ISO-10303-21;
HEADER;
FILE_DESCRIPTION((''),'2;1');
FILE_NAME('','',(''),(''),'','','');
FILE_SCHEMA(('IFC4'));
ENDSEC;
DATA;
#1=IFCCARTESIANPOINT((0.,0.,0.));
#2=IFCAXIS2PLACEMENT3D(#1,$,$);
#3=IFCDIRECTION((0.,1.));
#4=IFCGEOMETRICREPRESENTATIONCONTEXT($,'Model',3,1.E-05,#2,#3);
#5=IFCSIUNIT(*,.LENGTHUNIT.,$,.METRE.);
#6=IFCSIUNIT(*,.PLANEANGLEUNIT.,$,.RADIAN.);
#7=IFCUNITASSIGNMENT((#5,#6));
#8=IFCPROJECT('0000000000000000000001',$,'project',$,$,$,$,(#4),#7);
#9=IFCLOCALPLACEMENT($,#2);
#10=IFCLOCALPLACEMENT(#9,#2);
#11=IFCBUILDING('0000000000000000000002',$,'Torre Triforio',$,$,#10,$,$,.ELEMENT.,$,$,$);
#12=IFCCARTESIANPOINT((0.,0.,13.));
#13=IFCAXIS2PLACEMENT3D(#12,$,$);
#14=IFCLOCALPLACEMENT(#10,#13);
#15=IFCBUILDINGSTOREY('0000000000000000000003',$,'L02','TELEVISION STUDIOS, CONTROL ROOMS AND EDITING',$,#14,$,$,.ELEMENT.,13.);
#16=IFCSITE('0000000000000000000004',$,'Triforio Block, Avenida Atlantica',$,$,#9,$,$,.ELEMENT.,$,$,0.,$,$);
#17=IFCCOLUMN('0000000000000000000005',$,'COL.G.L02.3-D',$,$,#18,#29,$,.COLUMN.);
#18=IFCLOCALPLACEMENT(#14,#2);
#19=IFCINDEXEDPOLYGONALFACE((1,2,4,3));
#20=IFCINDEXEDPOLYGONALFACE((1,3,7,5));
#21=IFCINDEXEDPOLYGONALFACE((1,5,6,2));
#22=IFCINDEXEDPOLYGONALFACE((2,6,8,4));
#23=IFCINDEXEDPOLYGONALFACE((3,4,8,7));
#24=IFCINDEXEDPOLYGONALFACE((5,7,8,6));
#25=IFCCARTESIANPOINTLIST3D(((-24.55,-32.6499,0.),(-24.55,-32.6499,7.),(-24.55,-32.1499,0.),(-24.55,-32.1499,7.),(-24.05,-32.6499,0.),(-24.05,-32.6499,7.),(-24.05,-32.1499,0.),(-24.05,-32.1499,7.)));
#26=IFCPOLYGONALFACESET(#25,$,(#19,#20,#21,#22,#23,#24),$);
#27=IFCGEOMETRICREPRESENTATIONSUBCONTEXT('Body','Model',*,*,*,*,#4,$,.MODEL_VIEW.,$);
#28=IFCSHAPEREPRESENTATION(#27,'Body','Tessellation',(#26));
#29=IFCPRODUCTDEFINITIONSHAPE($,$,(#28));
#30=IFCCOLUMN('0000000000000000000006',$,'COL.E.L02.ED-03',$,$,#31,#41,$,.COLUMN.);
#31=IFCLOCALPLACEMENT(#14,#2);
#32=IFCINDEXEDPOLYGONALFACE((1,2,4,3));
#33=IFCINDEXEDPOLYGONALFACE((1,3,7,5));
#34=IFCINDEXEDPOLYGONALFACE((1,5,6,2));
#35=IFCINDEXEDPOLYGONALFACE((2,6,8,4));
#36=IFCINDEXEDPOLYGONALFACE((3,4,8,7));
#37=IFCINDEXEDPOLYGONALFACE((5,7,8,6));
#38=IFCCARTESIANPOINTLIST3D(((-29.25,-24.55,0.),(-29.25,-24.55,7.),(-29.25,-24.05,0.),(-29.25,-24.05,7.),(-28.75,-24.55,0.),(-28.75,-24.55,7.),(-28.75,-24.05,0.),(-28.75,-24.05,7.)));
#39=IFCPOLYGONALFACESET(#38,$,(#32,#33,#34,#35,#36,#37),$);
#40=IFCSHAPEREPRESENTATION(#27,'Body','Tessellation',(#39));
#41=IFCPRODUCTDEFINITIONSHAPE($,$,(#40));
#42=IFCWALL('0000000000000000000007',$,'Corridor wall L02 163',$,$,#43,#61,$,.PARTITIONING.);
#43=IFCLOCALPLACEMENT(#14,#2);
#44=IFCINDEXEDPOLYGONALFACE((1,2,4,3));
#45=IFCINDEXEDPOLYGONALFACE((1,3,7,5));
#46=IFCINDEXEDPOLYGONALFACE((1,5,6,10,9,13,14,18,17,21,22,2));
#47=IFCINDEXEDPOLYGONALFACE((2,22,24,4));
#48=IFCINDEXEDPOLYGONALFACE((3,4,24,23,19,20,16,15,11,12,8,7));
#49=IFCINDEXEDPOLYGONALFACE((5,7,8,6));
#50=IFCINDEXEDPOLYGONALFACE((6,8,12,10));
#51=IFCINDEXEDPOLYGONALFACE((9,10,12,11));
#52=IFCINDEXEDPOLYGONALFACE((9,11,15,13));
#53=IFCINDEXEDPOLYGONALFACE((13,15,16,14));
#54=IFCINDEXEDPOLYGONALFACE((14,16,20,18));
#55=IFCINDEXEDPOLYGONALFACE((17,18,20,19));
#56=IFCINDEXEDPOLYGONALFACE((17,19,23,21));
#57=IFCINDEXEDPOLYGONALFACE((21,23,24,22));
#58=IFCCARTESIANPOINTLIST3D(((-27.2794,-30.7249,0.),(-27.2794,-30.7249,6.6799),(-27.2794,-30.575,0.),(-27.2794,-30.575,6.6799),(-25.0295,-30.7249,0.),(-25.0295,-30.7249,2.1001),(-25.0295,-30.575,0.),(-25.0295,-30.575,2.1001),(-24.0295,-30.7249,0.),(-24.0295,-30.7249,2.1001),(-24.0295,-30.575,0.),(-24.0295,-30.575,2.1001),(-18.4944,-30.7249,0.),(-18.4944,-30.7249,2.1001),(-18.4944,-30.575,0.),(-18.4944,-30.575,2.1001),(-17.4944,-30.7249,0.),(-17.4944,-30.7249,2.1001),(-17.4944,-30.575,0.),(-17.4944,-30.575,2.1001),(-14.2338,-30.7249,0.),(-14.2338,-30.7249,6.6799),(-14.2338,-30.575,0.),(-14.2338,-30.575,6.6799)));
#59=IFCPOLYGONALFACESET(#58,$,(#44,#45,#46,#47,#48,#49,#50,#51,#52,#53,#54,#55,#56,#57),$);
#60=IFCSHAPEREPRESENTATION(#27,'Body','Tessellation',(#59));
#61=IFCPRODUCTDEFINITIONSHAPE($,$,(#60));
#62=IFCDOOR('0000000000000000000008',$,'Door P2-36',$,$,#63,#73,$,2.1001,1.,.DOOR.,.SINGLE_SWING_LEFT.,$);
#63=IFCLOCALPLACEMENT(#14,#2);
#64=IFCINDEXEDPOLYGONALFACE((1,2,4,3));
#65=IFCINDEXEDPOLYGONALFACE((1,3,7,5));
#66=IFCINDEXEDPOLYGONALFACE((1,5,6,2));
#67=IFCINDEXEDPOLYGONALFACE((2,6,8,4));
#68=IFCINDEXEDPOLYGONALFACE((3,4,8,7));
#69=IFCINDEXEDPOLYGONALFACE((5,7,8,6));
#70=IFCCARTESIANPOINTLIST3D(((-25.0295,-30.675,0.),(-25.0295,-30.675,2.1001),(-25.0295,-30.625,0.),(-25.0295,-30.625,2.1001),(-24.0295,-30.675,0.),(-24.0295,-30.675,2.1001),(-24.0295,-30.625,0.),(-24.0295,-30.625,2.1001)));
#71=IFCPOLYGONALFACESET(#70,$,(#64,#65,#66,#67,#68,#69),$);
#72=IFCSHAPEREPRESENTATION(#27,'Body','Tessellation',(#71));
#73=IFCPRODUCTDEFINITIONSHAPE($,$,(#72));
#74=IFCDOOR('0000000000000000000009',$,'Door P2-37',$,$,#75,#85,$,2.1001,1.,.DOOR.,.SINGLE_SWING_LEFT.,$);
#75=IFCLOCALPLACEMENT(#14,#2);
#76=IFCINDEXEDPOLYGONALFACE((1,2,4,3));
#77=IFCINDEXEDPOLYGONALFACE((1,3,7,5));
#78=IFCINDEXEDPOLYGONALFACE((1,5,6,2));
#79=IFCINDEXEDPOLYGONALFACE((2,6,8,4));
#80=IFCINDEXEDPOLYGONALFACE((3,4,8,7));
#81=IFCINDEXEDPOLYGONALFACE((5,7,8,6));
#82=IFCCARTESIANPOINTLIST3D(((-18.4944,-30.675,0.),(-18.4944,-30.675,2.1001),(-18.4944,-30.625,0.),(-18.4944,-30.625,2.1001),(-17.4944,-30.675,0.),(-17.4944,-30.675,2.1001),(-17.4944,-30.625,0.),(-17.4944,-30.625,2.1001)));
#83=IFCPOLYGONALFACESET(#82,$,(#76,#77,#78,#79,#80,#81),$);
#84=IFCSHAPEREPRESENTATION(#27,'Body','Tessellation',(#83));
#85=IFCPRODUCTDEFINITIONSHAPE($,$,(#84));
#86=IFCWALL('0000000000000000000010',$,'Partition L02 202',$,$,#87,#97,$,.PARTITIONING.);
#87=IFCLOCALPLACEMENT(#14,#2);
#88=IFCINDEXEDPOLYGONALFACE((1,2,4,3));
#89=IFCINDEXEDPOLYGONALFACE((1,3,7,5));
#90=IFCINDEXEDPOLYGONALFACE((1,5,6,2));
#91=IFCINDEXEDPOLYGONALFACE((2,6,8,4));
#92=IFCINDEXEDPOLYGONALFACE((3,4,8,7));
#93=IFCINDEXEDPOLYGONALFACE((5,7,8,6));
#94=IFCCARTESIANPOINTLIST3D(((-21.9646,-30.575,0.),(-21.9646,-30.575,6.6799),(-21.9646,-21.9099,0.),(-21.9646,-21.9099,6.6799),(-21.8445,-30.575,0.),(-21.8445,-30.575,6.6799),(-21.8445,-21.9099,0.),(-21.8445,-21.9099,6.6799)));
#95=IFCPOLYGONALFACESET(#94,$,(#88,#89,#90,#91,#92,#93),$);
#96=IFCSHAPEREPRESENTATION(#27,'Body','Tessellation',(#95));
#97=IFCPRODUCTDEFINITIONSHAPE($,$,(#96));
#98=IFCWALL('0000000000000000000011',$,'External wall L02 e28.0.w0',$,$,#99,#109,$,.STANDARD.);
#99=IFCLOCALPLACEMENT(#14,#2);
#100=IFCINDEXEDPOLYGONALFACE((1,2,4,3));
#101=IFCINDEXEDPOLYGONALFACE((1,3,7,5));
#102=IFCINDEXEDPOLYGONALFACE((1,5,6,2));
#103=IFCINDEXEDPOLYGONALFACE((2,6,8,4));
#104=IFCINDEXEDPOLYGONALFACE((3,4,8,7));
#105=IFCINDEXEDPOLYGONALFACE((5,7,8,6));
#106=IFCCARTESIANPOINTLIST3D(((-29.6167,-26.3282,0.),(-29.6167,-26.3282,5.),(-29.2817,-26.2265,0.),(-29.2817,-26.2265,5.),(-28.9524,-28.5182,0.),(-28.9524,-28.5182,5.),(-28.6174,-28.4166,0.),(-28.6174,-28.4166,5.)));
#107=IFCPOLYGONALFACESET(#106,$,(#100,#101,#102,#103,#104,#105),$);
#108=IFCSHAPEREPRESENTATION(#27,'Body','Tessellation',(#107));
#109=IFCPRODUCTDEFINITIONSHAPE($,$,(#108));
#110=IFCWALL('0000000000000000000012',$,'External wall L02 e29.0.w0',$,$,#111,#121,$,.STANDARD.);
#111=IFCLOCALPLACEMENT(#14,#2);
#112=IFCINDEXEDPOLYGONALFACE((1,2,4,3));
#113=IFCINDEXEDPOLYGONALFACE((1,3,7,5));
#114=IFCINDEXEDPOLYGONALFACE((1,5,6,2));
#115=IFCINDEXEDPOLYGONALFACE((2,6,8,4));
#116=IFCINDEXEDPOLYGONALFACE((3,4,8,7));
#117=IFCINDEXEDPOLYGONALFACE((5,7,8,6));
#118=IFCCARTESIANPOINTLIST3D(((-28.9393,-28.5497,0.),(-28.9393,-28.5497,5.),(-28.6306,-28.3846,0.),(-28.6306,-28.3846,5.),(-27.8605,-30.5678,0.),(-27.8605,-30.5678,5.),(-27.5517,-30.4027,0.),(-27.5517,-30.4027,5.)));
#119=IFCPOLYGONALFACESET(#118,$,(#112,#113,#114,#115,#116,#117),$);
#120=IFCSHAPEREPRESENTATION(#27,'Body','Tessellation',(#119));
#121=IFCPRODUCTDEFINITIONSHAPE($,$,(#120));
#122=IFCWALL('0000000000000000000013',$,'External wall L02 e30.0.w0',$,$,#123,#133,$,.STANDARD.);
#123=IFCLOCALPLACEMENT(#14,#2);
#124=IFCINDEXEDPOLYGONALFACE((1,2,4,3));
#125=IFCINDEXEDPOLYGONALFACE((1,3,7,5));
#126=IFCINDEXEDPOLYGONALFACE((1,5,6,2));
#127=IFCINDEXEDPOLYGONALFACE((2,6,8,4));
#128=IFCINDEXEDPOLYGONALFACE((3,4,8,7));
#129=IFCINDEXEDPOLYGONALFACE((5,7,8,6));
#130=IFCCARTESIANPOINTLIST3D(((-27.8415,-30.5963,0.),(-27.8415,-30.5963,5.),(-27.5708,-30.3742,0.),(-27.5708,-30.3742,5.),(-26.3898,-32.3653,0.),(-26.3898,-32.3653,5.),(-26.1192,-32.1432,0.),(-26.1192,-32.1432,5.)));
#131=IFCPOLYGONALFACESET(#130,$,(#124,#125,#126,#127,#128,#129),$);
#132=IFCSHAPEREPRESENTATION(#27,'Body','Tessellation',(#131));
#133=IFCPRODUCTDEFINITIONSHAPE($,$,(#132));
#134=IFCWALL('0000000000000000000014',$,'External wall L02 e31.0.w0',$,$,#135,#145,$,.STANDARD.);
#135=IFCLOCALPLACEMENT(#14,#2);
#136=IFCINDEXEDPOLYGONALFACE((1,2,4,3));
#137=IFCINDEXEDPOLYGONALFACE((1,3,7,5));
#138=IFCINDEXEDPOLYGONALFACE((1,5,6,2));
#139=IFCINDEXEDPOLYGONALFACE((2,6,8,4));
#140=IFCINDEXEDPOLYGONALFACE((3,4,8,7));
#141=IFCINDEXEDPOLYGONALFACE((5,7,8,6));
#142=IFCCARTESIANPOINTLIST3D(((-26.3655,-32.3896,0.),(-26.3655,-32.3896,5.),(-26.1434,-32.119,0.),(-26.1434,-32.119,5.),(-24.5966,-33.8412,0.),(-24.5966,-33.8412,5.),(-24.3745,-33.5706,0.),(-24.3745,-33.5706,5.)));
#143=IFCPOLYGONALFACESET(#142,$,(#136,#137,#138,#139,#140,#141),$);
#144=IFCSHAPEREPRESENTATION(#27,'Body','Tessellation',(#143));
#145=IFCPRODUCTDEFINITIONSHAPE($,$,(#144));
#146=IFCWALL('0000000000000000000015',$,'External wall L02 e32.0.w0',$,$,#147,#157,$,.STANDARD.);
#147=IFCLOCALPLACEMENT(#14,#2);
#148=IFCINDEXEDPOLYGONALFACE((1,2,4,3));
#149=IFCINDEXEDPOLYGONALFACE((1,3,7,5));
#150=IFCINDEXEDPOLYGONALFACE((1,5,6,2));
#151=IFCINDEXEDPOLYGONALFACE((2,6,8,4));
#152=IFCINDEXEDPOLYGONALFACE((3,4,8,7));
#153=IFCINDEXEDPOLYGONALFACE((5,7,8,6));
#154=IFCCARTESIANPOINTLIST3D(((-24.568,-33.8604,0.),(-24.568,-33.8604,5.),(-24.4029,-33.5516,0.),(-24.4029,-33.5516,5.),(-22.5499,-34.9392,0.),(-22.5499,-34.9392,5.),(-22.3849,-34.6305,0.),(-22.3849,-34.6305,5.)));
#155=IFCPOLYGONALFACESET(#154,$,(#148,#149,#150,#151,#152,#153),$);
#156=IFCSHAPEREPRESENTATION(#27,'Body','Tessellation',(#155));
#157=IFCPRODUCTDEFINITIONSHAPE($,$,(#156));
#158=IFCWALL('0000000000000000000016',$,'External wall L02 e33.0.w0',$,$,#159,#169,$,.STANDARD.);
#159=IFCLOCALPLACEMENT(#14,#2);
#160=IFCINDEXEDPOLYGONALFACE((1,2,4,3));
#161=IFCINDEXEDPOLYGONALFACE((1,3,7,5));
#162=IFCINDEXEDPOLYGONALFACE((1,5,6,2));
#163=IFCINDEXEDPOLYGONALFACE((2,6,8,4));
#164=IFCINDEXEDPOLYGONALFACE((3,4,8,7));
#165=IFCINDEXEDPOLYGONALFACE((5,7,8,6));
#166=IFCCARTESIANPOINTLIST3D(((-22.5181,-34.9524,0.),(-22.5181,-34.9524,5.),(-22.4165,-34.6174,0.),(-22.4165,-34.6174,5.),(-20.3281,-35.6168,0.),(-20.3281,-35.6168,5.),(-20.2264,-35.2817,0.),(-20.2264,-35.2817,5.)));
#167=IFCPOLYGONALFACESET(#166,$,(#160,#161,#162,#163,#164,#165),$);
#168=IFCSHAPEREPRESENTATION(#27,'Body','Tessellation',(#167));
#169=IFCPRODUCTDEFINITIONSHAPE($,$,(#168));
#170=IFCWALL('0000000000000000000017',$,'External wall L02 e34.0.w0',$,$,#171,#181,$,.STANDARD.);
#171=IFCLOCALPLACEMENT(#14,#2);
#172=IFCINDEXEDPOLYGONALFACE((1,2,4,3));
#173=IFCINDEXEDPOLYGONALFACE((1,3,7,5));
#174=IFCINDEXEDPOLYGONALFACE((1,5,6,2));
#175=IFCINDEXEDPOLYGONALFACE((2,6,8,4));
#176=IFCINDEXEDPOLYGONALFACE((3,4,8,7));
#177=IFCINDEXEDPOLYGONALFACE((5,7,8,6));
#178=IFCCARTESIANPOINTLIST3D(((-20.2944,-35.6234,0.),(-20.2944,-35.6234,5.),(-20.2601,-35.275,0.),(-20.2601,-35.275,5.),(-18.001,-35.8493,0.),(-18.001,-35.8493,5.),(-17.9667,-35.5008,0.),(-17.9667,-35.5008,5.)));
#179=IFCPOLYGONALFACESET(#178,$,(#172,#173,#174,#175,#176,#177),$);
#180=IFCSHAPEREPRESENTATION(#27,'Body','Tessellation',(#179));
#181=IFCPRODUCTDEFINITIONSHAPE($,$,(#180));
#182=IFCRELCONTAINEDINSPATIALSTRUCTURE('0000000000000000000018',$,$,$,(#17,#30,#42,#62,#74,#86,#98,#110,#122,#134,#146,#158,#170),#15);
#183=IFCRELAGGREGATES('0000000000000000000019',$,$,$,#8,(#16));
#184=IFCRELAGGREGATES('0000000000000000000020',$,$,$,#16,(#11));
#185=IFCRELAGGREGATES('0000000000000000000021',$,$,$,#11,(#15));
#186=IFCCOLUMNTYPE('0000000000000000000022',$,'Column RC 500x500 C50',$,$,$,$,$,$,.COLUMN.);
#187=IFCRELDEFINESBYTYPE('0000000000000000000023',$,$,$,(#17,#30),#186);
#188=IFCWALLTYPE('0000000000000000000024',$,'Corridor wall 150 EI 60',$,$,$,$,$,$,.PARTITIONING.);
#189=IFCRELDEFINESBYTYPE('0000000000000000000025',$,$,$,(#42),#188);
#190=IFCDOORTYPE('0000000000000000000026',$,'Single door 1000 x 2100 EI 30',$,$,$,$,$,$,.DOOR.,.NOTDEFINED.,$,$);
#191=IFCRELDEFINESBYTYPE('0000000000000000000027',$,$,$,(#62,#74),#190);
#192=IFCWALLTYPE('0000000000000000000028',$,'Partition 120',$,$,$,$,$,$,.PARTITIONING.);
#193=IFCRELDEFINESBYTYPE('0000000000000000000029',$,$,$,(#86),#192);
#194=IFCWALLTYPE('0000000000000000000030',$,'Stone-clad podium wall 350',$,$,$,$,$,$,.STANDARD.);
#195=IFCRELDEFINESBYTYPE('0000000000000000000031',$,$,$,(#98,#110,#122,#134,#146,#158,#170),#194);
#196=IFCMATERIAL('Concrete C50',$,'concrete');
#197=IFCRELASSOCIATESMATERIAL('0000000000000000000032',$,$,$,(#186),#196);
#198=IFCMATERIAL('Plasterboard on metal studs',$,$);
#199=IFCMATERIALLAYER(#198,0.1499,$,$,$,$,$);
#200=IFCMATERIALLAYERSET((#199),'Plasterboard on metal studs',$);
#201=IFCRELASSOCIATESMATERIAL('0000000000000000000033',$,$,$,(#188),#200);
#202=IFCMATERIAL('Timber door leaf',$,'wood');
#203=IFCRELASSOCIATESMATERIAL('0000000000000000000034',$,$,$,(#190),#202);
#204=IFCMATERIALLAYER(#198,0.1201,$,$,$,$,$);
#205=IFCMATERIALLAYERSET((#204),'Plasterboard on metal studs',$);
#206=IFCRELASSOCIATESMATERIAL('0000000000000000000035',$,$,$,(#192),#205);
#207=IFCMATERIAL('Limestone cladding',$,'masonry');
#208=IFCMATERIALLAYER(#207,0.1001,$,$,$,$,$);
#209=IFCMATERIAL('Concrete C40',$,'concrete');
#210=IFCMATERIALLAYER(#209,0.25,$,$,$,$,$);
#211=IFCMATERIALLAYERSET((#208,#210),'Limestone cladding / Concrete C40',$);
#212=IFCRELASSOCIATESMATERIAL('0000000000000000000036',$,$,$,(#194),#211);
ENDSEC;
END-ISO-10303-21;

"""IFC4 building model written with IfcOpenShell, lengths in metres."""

from ifc_helpers import new_model, si_unit, direction, frame, frame_2d, origin, origin_2d, place, context, subcontext, project, spatial, rectangle, extrude, material, layer, layer_set, material_profile, profile_set, type_object, element, fill, save


model = new_model("IFC4")

# Units and contexts
model_context = context("Model", 3, precision=1e-05, world=origin(), true_north=direction((0.0, 1.0)))
body_context = subcontext(model_context, "Body", "Model", "MODEL_VIEW")
ifc_project = project(units=[si_unit("LENGTHUNIT", "METRE"), si_unit("PLANEANGLEUNIT", "RADIAN")], contexts=[model_context])

# Site, building, storey
site_placement = place(None, origin())
site = spatial("IfcSite", under=ifc_project, at=site_placement, Name="Triforio Block, Avenida Atlantica", CompositionType="ELEMENT", RefElevation=0.0)
building_placement = place(site_placement, origin())
building = spatial("IfcBuilding", under=site, at=building_placement, Name="Torre Triforio", CompositionType="ELEMENT")
storey_placement = place(building_placement, frame((0.0, 0.0, 13.0)))
storey = spatial("IfcBuildingStorey", under=building, at=storey_placement, Name="L02", Description="TELEVISION STUDIOS, CONTROL ROOMS AND EDITING", CompositionType="ELEMENT", Elevation=13.0)

# Columns
ifc_material_1 = material(Name="Concrete C50", Category="concrete")
ifc_material_profile = material_profile(ifc_material_1, rectangle(XDim=0.5, YDim=0.5, at=origin_2d()), Name="RC 500x500")
ifc_profile_set = profile_set([ifc_material_profile], Name="Concrete C50")
column_type = type_object("IfcColumnType", Name="Column RC 500x500 C50", PredefinedType="COLUMN", material=ifc_profile_set)
for number, where, z_axis, x_axis, name in (
    (1, (-24.3, -32.3999, 0.0), (0.0, 0.0, 1.0), (1.0, 0.0, 0.0), "COL.G.L02.3-D"),
    (2, (-29.0, -24.3, 0.0), (0.0, 0.0, 1.0), (1.0, 0.0, 0.0), "COL.E.L02.ED-03"),
):
    element("IfcColumn", number, at=place(storey_placement, frame(where, z_axis=z_axis, x_axis=x_axis)), inside=storey, type_object=column_type, Name=name, PredefinedType="COLUMN", context=body_context, shape_type="SweptSolid", body=[
        extrude(rectangle(XDim=0.5, YDim=0.5, at=origin_2d()), origin(), (0.0, 0.0, 1.0), 7.0),
    ])

# Wall, openings, doors
ifc_material_2 = material(Name="Plasterboard on metal studs")
ifc_layer_1 = layer(ifc_material_2, 0.1499)
ifc_layer_set_1 = layer_set([ifc_layer_1], Name="Plasterboard on metal studs")
wall_type_1 = type_object("IfcWallType", Name="Corridor wall 150 EI 60", PredefinedType="PARTITIONING", material=ifc_layer_set_1)
wall_1_placement = place(storey_placement, frame((-27.2795, -30.6499, 0.0), z_axis=(0.0, 0.0, 1.0), x_axis=(1.0, 0.0, 0.0)))
wall_1 = element("IfcWall", 3, at=wall_1_placement, inside=storey, type_object=wall_type_1, Name="Corridor wall L02 163", PredefinedType="PARTITIONING", context=body_context, shape_type="SweptSolid", body=[
    extrude(rectangle(XDim=13.0457, YDim=0.1499, at=frame_2d((6.5229, 0.0))), origin(), (0.0, 0.0, 1.0), 6.6799),
])
opening_1_placement = place(wall_1_placement, frame((2.25, 0.0, 0.0)))
opening_1 = element("IfcOpeningElement", 4, at=opening_1_placement, cuts=wall_1, PredefinedType="OPENING", context=body_context, shape_type="SweptSolid", body=[
    extrude(rectangle(XDim=1.0, YDim=2.1001, at=frame_2d((0.5, 1.05))), frame((0.0, 0.085, 0.0), z_axis=(0.0, -1.0, 0.0), x_axis=(1.0, 0.0, 0.0)), (0.0, 0.0, 1.0), 0.1699),
])
opening_2_placement = place(wall_1_placement, frame((8.7852, 0.0, 0.0)))
opening_2 = element("IfcOpeningElement", 5, at=opening_2_placement, cuts=wall_1, PredefinedType="OPENING", context=body_context, shape_type="SweptSolid", body=[
    extrude(rectangle(XDim=1.0, YDim=2.1001, at=frame_2d((0.5, 1.05))), frame((0.0, 0.085, 0.0), z_axis=(0.0, -1.0, 0.0), x_axis=(1.0, 0.0, 0.0)), (0.0, 0.0, 1.0), 0.1699),
])
ifc_material_3 = material(Name="Timber door leaf", Category="wood")
door_type = type_object("IfcDoorType", Name="Single door 1000 x 2100 EI 30", OperationType="NOTDEFINED", PredefinedType="DOOR", material=ifc_material_3)
door_1_placement = place(opening_1_placement, origin())
door_1 = element("IfcDoor", 6, at=door_1_placement, inside=storey, type_object=door_type, Name="Door P2-36", OperationType="SINGLE_SWING_LEFT", OverallHeight=2.1001, OverallWidth=1.0, PredefinedType="DOOR", context=body_context, shape_type="SweptSolid", body=[
    extrude(rectangle(XDim=1.0, YDim=2.1001, at=frame_2d((0.5, 1.05))), frame((0.0, 0.0249, 0.0), z_axis=(0.0, -1.0, 0.0), x_axis=(1.0, 0.0, 0.0)), (0.0, 0.0, 1.0), 0.05),
])
fill(opening_1, door_1)
door_2_placement = place(opening_2_placement, origin())
door_2 = element("IfcDoor", 7, at=door_2_placement, inside=storey, type_object=door_type, Name="Door P2-37", OperationType="SINGLE_SWING_LEFT", OverallHeight=2.1001, OverallWidth=1.0, PredefinedType="DOOR", context=body_context, shape_type="SweptSolid", body=[
    extrude(rectangle(XDim=1.0, YDim=2.1001, at=frame_2d((0.5, 1.05))), frame((0.0, 0.0249, 0.0), z_axis=(0.0, -1.0, 0.0), x_axis=(1.0, 0.0, 0.0)), (0.0, 0.0, 1.0), 0.05),
])
fill(opening_2, door_2)

# Walls
ifc_layer_2 = layer(ifc_material_2, 0.1201)
ifc_layer_set_2 = layer_set([ifc_layer_2], Name="Plasterboard on metal studs")
wall_type_2 = type_object("IfcWallType", Name="Partition 120", PredefinedType="PARTITIONING", material=ifc_layer_set_2)
wall_2_placement = place(storey_placement, frame((-21.9045, -30.575, 0.0), z_axis=(0.0, 0.0, 1.0), x_axis=(0.0, 1.0, 0.0)))
element("IfcWall", 8, at=wall_2_placement, inside=storey, type_object=wall_type_2, Name="Partition L02 202", PredefinedType="PARTITIONING", context=body_context, shape_type="SweptSolid", body=[
    extrude(rectangle(XDim=8.665, YDim=0.1201, at=frame_2d((4.3325, 0.0))), origin(), (0.0, 0.0, 1.0), 6.6799),
])
ifc_material_4 = material(Name="Limestone cladding", Category="masonry")
ifc_layer_3 = layer(ifc_material_4, 0.1001)
ifc_material_5 = material(Name="Concrete C40", Category="concrete")
ifc_layer_4 = layer(ifc_material_5, 0.25)
ifc_layer_set_3 = layer_set([ifc_layer_3, ifc_layer_4], Name="Limestone cladding / Concrete C40")
wall_type_3 = type_object("IfcWallType", Name="Stone-clad podium wall 350", PredefinedType="STANDARD", material=ifc_layer_set_3)
wall_3_placement = place(storey_placement, frame((-29.4492, -26.2773, 0.0), z_axis=(0.0, 0.0, 1.0), x_axis=(0.290283, -0.956941, 0.0)))
element("IfcWall", 9, at=wall_3_placement, inside=storey, type_object=wall_type_3, Name="External wall L02 e28.0.w0", PredefinedType="STANDARD", context=body_context, shape_type="SweptSolid", body=[
    extrude(rectangle(XDim=2.2886, YDim=0.3501, at=frame_2d((1.1443, 0.0))), origin(), (0.0, 0.0, 1.0), 5.0),
])
for number, where, z_axis, x_axis, name in (
    (10, (-28.7849, -28.4673, 0.0), (0.0, 0.0, 1.0), (0.471457, -0.881889, 0.0), "External wall L02 e29.0.w0"),
    (11, (-27.7061, -30.4854, 0.0), (0.0, 0.0, 1.0), (0.634353, -0.773044, 0.0), "External wall L02 e30.0.w0"),
    (12, (-26.2544, -32.2544, 0.0), (0.0, 0.0, 1.0), (0.773044, -0.634353, 0.0), "External wall L02 e31.0.w0"),
    (13, (-24.4854, -33.7061, 0.0), (0.0, 0.0, 1.0), (0.881889, -0.471457, 0.0), "External wall L02 e32.0.w0"),
):
    element("IfcWall", number, at=place(storey_placement, frame(where, z_axis=z_axis, x_axis=x_axis)), inside=storey, type_object=wall_type_3, Name=name, PredefinedType="STANDARD", context=body_context, shape_type="SweptSolid", body=[
        extrude(rectangle(XDim=2.2883, YDim=0.3501, at=frame_2d((1.144, 0.0))), origin(), (0.0, 0.0, 1.0), 5.0),
    ])
wall_4_placement = place(storey_placement, frame((-22.4673, -34.7849, 0.0), z_axis=(0.0, 0.0, 1.0), x_axis=(0.956941, -0.290283, 0.0)))
element("IfcWall", 14, at=wall_4_placement, inside=storey, type_object=wall_type_3, Name="External wall L02 e33.0.w0", PredefinedType="STANDARD", context=body_context, shape_type="SweptSolid", body=[
    extrude(rectangle(XDim=2.2886, YDim=0.3501, at=frame_2d((1.1443, 0.0))), origin(), (0.0, 0.0, 1.0), 5.0),
])
wall_5_placement = place(storey_placement, frame((-20.2773, -35.4492, 0.0), z_axis=(0.0, 0.0, 1.0), x_axis=(0.995187, -0.097993, 0.0)))
element("IfcWall", 15, at=wall_5_placement, inside=storey, type_object=wall_type_3, Name="External wall L02 e34.0.w0", PredefinedType="STANDARD", context=body_context, shape_type="SweptSolid", body=[
    extrude(rectangle(XDim=2.3044, YDim=0.3501, at=frame_2d((1.1523, 0.0))), origin(), (0.0, 0.0, 1.0), 5.0),
])

save(model, "model.ifc")
